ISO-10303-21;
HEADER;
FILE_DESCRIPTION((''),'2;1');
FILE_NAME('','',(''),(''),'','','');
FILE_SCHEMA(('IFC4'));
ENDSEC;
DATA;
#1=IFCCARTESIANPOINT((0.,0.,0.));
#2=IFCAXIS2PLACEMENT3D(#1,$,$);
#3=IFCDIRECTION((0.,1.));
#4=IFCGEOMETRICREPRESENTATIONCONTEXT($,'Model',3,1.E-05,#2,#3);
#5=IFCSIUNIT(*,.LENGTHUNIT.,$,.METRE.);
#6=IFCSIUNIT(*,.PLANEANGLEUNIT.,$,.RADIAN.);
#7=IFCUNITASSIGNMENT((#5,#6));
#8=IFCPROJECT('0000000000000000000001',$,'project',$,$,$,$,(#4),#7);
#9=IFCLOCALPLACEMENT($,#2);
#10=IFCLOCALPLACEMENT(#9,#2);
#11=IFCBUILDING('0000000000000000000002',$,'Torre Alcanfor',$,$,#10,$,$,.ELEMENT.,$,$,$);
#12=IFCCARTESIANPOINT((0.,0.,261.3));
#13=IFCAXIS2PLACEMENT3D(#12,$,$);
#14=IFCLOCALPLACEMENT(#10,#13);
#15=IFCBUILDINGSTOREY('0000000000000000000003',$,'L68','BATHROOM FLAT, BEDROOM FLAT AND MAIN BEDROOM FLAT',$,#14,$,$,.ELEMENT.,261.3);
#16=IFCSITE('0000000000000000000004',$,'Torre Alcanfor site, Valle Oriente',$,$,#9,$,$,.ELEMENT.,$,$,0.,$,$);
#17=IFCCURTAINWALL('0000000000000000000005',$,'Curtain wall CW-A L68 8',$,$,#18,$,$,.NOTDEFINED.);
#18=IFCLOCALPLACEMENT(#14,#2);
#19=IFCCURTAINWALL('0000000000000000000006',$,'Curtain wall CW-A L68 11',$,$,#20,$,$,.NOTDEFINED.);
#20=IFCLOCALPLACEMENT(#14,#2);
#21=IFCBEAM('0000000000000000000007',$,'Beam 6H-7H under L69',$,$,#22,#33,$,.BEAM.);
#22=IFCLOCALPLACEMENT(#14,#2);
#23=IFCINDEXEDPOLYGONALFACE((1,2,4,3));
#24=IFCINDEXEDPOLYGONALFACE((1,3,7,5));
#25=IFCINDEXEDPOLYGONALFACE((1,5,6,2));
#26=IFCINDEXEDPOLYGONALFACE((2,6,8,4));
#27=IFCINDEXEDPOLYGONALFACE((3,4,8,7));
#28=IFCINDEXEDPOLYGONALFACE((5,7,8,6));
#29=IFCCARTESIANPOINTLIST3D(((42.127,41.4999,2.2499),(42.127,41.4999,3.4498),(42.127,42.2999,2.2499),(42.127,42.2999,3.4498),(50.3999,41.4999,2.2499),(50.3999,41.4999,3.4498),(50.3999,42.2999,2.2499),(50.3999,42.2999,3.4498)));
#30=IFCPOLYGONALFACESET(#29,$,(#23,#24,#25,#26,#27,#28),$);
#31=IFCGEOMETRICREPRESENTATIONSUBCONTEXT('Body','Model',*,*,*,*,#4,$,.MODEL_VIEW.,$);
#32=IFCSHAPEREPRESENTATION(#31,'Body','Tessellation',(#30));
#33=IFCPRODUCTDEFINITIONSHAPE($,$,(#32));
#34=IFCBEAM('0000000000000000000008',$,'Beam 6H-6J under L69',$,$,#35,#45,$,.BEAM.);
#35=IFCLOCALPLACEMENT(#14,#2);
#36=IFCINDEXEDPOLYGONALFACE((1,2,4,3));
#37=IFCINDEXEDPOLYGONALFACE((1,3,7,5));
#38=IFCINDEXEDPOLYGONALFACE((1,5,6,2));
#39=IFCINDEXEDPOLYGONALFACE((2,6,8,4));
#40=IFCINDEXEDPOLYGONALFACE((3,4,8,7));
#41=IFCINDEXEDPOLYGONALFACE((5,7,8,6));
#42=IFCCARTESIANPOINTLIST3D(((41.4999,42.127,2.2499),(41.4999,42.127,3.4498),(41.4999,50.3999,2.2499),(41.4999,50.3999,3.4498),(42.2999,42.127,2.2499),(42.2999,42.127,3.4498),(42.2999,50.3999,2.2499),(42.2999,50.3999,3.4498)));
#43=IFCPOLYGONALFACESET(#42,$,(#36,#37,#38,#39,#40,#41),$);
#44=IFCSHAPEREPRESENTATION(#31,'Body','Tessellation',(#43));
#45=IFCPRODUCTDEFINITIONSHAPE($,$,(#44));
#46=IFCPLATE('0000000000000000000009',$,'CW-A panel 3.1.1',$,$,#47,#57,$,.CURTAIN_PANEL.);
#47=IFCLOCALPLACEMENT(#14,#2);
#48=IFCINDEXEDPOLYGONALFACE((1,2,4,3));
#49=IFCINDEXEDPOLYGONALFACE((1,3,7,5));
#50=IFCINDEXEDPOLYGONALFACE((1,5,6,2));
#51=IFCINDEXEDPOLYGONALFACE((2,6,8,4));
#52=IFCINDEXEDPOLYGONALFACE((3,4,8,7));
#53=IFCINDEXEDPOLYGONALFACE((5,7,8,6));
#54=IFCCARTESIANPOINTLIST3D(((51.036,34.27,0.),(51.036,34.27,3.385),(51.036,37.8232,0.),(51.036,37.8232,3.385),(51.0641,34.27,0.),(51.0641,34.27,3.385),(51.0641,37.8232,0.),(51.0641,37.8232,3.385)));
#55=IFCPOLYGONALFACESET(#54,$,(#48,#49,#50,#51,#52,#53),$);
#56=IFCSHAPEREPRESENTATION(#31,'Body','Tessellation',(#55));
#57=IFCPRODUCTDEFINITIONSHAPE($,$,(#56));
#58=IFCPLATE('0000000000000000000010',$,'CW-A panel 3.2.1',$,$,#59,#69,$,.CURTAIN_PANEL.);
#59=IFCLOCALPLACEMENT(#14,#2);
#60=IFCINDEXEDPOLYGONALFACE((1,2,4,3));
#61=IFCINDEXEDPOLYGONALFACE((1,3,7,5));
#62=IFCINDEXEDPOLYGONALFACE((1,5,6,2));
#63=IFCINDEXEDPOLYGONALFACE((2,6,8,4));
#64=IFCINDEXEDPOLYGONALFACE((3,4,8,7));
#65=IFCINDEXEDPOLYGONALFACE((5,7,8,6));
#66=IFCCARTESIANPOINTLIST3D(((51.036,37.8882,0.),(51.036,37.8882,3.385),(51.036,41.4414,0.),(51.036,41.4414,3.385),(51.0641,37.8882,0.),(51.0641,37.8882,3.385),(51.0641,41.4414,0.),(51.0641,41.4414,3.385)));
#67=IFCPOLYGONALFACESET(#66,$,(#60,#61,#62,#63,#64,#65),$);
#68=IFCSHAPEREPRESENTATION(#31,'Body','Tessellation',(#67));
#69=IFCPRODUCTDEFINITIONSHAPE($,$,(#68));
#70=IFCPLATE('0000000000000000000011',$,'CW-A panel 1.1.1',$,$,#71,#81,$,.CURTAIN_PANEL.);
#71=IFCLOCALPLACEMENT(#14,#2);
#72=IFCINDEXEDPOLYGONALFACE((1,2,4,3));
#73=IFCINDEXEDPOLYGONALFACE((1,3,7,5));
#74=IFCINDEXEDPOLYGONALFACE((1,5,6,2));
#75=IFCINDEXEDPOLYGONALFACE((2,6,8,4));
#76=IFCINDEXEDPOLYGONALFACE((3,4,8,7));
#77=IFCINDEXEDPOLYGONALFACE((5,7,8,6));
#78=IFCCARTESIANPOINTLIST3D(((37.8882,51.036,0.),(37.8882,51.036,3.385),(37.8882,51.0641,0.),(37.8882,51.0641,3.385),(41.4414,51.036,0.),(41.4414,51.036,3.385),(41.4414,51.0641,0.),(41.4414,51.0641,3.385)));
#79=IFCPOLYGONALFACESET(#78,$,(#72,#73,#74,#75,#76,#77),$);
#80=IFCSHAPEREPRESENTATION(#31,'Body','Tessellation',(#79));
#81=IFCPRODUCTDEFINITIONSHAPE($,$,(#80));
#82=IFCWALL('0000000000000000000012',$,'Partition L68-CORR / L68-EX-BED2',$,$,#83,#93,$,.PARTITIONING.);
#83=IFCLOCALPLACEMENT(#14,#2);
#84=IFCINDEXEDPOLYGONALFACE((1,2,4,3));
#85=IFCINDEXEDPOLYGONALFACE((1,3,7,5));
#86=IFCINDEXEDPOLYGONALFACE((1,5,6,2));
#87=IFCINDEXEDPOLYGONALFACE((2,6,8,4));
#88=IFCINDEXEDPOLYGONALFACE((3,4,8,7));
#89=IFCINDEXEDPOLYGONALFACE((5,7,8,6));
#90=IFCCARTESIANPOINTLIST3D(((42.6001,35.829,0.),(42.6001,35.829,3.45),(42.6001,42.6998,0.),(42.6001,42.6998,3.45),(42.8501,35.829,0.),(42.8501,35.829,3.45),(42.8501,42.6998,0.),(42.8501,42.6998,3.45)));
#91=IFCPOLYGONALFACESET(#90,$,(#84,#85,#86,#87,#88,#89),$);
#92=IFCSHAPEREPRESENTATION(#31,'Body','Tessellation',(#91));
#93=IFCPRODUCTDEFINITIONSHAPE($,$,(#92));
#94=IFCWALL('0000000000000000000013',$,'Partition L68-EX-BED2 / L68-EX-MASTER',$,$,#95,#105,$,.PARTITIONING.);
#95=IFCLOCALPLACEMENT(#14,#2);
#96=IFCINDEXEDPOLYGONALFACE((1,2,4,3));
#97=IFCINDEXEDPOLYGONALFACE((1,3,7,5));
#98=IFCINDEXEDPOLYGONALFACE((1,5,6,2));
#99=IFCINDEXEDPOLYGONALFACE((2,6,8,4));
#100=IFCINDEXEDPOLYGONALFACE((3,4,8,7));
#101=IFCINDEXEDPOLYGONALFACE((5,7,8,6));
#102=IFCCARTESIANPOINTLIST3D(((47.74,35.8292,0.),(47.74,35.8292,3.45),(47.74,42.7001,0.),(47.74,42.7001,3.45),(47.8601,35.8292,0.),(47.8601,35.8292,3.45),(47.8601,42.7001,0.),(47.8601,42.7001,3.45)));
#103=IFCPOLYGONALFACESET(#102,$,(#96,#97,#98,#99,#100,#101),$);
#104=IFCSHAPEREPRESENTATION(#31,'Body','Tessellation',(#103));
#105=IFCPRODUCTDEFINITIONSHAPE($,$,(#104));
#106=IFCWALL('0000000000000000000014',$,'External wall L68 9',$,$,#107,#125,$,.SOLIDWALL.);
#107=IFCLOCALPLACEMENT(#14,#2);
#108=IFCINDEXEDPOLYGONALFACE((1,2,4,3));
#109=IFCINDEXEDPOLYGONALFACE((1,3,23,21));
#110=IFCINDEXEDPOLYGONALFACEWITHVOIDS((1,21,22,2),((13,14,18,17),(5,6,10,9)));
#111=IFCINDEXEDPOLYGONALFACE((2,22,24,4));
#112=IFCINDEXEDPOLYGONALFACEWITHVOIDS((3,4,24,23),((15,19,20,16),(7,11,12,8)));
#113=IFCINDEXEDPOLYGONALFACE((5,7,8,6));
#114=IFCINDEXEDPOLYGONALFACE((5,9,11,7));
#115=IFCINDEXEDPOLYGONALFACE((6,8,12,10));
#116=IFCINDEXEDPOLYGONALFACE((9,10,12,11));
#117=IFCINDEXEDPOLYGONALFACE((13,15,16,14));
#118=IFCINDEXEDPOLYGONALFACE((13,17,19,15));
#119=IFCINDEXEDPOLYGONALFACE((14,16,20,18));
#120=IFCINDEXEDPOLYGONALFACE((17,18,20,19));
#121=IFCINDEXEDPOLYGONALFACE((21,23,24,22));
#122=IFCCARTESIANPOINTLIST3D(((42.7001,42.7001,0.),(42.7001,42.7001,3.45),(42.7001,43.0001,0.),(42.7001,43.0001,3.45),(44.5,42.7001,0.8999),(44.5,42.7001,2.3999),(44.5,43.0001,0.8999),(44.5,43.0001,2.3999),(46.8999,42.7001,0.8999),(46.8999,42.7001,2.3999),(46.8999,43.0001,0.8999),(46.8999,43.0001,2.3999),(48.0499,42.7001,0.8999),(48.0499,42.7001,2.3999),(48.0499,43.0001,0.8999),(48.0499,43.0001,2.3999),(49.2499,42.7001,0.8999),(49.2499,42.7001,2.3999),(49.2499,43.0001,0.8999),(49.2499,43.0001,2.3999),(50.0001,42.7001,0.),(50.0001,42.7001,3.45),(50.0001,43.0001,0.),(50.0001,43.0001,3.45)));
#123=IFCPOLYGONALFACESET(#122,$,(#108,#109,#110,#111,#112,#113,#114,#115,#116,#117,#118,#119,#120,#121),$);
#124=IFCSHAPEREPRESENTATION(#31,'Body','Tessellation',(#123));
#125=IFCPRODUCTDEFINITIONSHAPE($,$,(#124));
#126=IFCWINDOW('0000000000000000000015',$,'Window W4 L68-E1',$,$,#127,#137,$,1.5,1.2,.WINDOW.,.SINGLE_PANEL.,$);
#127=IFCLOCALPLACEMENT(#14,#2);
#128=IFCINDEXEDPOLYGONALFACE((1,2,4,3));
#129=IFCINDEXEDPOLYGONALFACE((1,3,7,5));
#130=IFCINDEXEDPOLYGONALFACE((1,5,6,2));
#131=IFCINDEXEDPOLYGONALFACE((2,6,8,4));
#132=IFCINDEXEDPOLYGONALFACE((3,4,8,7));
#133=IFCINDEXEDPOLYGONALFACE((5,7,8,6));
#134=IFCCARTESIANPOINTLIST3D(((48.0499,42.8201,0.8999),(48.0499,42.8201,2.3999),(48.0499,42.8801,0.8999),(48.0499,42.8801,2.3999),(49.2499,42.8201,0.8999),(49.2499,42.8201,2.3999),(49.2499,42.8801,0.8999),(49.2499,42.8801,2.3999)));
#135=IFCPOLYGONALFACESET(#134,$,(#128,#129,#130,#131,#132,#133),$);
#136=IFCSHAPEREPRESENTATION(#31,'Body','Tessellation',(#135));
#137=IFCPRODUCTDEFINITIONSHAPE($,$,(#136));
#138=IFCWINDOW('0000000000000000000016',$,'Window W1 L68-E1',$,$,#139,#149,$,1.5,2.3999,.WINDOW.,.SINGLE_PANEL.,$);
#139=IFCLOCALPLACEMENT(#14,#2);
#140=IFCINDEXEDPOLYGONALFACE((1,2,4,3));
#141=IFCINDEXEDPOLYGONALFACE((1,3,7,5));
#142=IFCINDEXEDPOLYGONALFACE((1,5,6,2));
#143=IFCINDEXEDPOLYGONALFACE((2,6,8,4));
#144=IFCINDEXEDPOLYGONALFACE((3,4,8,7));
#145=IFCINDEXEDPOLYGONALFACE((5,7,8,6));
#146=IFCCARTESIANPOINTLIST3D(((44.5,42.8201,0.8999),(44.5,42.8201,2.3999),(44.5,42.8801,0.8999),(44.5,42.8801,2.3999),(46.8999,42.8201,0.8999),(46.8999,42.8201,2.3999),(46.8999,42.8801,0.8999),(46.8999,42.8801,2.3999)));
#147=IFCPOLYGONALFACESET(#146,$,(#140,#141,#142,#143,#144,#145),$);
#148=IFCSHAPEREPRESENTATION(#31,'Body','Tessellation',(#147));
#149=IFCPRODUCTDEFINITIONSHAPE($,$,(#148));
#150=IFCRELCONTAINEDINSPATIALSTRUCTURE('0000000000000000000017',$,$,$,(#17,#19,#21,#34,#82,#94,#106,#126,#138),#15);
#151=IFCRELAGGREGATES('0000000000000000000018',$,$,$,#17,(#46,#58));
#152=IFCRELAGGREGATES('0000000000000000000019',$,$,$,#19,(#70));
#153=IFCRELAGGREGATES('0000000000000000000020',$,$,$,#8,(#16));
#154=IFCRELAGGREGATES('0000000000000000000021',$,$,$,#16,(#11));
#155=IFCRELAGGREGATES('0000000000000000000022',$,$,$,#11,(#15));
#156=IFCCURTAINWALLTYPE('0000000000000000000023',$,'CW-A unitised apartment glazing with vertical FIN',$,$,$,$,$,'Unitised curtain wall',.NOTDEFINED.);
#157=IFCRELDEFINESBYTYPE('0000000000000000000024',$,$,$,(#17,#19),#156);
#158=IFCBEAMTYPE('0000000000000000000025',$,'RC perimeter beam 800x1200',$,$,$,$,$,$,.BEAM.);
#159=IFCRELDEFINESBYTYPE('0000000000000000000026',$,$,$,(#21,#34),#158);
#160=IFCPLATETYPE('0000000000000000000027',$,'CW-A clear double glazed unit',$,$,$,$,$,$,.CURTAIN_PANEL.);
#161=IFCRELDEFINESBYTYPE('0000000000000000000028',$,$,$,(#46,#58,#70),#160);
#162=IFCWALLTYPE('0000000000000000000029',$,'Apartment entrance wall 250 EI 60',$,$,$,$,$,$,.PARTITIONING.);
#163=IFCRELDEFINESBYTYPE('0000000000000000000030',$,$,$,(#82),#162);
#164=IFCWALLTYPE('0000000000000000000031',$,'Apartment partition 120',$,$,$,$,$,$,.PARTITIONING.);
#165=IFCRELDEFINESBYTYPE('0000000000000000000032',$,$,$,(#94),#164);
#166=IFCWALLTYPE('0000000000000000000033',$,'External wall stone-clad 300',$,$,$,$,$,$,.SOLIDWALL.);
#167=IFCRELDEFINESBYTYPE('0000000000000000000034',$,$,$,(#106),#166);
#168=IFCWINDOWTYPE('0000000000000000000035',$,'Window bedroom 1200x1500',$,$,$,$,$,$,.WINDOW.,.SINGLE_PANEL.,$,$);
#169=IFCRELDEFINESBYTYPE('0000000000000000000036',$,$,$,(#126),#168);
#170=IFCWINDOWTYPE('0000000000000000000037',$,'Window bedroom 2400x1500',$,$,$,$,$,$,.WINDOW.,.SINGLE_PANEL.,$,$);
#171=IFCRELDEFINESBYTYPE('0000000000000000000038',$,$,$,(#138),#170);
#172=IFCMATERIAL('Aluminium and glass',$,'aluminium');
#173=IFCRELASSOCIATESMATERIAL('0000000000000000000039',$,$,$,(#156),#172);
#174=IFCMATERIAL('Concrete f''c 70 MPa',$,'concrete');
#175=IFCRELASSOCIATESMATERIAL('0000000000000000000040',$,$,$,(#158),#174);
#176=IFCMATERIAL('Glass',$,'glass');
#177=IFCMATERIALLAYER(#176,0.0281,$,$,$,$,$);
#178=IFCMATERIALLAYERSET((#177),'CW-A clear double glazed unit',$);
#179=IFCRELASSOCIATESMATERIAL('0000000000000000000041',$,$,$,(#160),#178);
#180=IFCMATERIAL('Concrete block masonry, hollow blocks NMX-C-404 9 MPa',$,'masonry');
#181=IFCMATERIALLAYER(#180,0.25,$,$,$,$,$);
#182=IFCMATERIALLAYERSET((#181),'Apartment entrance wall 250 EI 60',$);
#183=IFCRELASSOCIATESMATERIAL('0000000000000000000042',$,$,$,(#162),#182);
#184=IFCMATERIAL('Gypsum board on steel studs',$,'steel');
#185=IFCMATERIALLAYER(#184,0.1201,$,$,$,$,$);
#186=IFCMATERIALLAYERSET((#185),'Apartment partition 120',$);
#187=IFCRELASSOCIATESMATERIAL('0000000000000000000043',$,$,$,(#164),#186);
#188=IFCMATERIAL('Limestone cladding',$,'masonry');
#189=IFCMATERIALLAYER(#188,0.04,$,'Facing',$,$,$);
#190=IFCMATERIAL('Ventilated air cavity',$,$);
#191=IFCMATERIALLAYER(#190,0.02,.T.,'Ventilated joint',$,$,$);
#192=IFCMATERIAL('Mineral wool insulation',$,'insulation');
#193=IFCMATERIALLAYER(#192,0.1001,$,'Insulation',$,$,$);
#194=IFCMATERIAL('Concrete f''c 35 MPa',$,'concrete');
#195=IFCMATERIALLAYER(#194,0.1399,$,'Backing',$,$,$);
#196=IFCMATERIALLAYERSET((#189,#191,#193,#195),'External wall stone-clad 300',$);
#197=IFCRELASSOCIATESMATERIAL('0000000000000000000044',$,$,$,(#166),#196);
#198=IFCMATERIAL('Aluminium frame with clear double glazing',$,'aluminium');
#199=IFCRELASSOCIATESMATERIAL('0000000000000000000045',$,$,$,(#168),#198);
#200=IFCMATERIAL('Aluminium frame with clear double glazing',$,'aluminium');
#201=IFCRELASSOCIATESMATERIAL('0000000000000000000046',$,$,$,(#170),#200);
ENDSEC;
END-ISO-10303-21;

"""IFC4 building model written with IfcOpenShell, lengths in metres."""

from ifc_helpers import new_model, si_unit, direction, frame, frame_2d, origin, origin_2d, place, context, subcontext, project, spatial, rectangle, extrude, material, layer, layer_set, material_profile, profile_set, type_object, element, fill, aggregate, save


model = new_model("IFC4")

# Units and contexts
model_context = context("Model", 3, precision=1e-05, world=origin(), true_north=direction((0.0, 1.0)))
body_context = subcontext(model_context, "Body", "Model", "MODEL_VIEW")
ifc_project = project(units=[si_unit("LENGTHUNIT", "METRE"), si_unit("PLANEANGLEUNIT", "RADIAN")], contexts=[model_context])

# Site, building, storey
site_placement = place(None, origin())
site = spatial("IfcSite", under=ifc_project, at=site_placement, Name="Torre Alcanfor site, Valle Oriente", CompositionType="ELEMENT", RefElevation=0.0)
building_placement = place(site_placement, origin())
building = spatial("IfcBuilding", under=site, at=building_placement, Name="Torre Alcanfor", CompositionType="ELEMENT")
storey_placement = place(building_placement, frame((0.0, 0.0, 261.3)))
storey = spatial("IfcBuildingStorey", under=building, at=storey_placement, Name="L68", Description="BATHROOM FLAT, BEDROOM FLAT AND MAIN BEDROOM FLAT", CompositionType="ELEMENT", Elevation=261.3)

# Curtain wall
ifc_material_1 = material(Name="Aluminium and glass", Category="aluminium")
curtain_wall_type = type_object("IfcCurtainWallType", Name="CW-A unitised apartment glazing with vertical FIN", ElementType="Unitised curtain wall", PredefinedType="NOTDEFINED", material=ifc_material_1)
curtain_wall_1_placement = place(storey_placement, origin())
curtain_wall_1 = element("IfcCurtainWall", 1, at=curtain_wall_1_placement, inside=storey, type_object=curtain_wall_type, Name="Curtain wall CW-A L68 8", PredefinedType="NOTDEFINED")

# Curtain wall
curtain_wall_2_placement = place(storey_placement, origin())
curtain_wall_2 = element("IfcCurtainWall", 2, at=curtain_wall_2_placement, inside=storey, type_object=curtain_wall_type, Name="Curtain wall CW-A L68 11", PredefinedType="NOTDEFINED")

# Beams
ifc_material_2 = material(Name="Concrete f'c 70 MPa", Category="concrete")
ifc_material_profile_1 = material_profile(ifc_material_2, rectangle(XDim=0.8, YDim=1.2, at=origin_2d()), Name="800x1200")
ifc_profile_set_1 = profile_set([ifc_material_profile_1], Name="Concrete f'c 70 MPa")
beam_type = type_object("IfcBeamType", Name="RC perimeter beam 800x1200", PredefinedType="BEAM", material=ifc_profile_set_1)
for number, where, z_axis, x_axis, name in (
    (3, (42.127, 41.8999, 2.8499), (1.0, 0.0, 0.0), (0.0, 1.0, 0.0), "Beam 6H-7H under L69"),
    (4, (41.8999, 42.127, 2.8499), (0.0, 1.0, 0.0), (-1.0, 0.0, 0.0), "Beam 6H-6J under L69"),
):
    element("IfcBeam", number, at=place(storey_placement, frame(where, z_axis=z_axis, x_axis=x_axis)), inside=storey, type_object=beam_type, Name=name, PredefinedType="BEAM", context=body_context, shape_type="SweptSolid", body=[
        extrude(rectangle(XDim=0.8, YDim=1.2, at=origin_2d()), origin(), (0.0, 0.0, 1.0), 8.2729),
    ])

# Plates
ifc_material_3 = material(Name="Glass", Category="glass")
ifc_layer_1 = layer(ifc_material_3, 0.0281)
ifc_layer_set_1 = layer_set([ifc_layer_1], Name="CW-A clear double glazed unit")
plate_type = type_object("IfcPlateType", Name="CW-A clear double glazed unit", PredefinedType="CURTAIN_PANEL", material=ifc_layer_set_1)
plate_1_placement = place(storey_placement, frame((51.05, 36.0466, 0.0), z_axis=(0.0, 0.0, 1.0), x_axis=(0.0, 1.0, 0.0)))
plate_1 = element("IfcPlate", 5, at=plate_1_placement, type_object=plate_type, Name="CW-A panel 3.1.1", PredefinedType="CURTAIN_PANEL", context=body_context, shape_type="SweptSolid", body=[
    extrude(rectangle(XDim=3.5532, YDim=0.0281, at=origin_2d()), origin(), (0.0, 0.0, 1.0), 3.385),
])
plate_2_placement = place(storey_placement, frame((51.05, 39.6648, 0.0), z_axis=(0.0, 0.0, 1.0), x_axis=(0.0, 1.0, 0.0)))
plate_2 = element("IfcPlate", 6, at=plate_2_placement, type_object=plate_type, Name="CW-A panel 3.2.1", PredefinedType="CURTAIN_PANEL", context=body_context, shape_type="SweptSolid", body=[
    extrude(rectangle(XDim=3.5532, YDim=0.0281, at=origin_2d()), origin(), (0.0, 0.0, 1.0), 3.385),
])
aggregate(curtain_wall_1, [plate_1, plate_2])
plate_3_placement = place(storey_placement, frame((39.6648, 51.05, 0.0), z_axis=(0.0, 0.0, 1.0), x_axis=(-1.0, 0.0, 0.0)))
plate_3 = element("IfcPlate", 7, at=plate_3_placement, type_object=plate_type, Name="CW-A panel 1.1.1", PredefinedType="CURTAIN_PANEL", context=body_context, shape_type="SweptSolid", body=[
    extrude(rectangle(XDim=3.5532, YDim=0.0281, at=origin_2d()), origin(), (0.0, 0.0, 1.0), 3.385),
])
aggregate(curtain_wall_2, [plate_3])

# Walls
ifc_material_4 = material(Name="Concrete block masonry, hollow blocks NMX-C-404 9 MPa", Category="masonry")
ifc_layer_2 = layer(ifc_material_4, 0.25)
ifc_layer_set_2 = layer_set([ifc_layer_2], Name="Apartment entrance wall 250 EI 60")
wall_type_1 = type_object("IfcWallType", Name="Apartment entrance wall 250 EI 60", PredefinedType="PARTITIONING", material=ifc_layer_set_2)
wall_1_placement = place(storey_placement, frame((42.7251, 42.7, 0.0), z_axis=(0.0, 0.0, 1.0), x_axis=(0.0, -1.0, 0.0)))
element("IfcWall", 8, at=wall_1_placement, inside=storey, type_object=wall_type_1, Name="Partition L68-CORR / L68-EX-BED2", PredefinedType="PARTITIONING", context=body_context, shape_type="SweptSolid", body=[
    extrude(rectangle(XDim=6.8708, YDim=0.25, at=frame_2d((3.4355, 0.0))), origin(), (0.0, 0.0, 1.0), 3.45),
])
ifc_material_5 = material(Name="Gypsum board on steel studs", Category="steel")
ifc_layer_3 = layer(ifc_material_5, 0.1201)
ifc_layer_set_3 = layer_set([ifc_layer_3], Name="Apartment partition 120")
wall_type_2 = type_object("IfcWallType", Name="Apartment partition 120", PredefinedType="PARTITIONING", material=ifc_layer_set_3)
wall_2_placement = place(storey_placement, frame((47.8, 35.8291, 0.0), z_axis=(0.0, 0.0, 1.0), x_axis=(0.0, 1.0, 0.0)))
element("IfcWall", 9, at=wall_2_placement, inside=storey, type_object=wall_type_2, Name="Partition L68-EX-BED2 / L68-EX-MASTER", PredefinedType="PARTITIONING", context=body_context, shape_type="SweptSolid", body=[
    extrude(rectangle(XDim=6.8708, YDim=0.1201, at=frame_2d((3.4355, 0.0))), origin(), (0.0, 0.0, 1.0), 3.45),
])

# Wall, openings, windows
ifc_material_6 = material(Name="Limestone cladding", Category="masonry")
ifc_layer_4 = layer(ifc_material_6, 0.04, Name="Facing")
ifc_material_7 = material(Name="Ventilated air cavity")
ifc_layer_5 = layer(ifc_material_7, 0.02, ventilated=True, Name="Ventilated joint")
ifc_material_8 = material(Name="Mineral wool insulation", Category="insulation")
ifc_layer_6 = layer(ifc_material_8, 0.1001, Name="Insulation")
ifc_material_9 = material(Name="Concrete f'c 35 MPa", Category="concrete")
ifc_layer_7 = layer(ifc_material_9, 0.1399, Name="Backing")
ifc_layer_set_4 = layer_set([ifc_layer_4, ifc_layer_5, ifc_layer_6, ifc_layer_7], Name="External wall stone-clad 300")
wall_type_3 = type_object("IfcWallType", Name="External wall stone-clad 300", PredefinedType="SOLIDWALL", material=ifc_layer_set_4)
wall_3_placement = place(storey_placement, frame((50.0, 42.8501, 0.0), z_axis=(0.0, 0.0, 1.0), x_axis=(-1.0, 0.0, 0.0)))
wall_3 = element("IfcWall", 10, at=wall_3_placement, inside=storey, type_object=wall_type_3, Name="External wall L68 9", PredefinedType="SOLIDWALL", context=body_context, shape_type="SweptSolid", body=[
    extrude(rectangle(XDim=7.3, YDim=0.3, at=frame_2d((3.6499, 0.0))), origin(), (0.0, 0.0, 1.0), 3.45),
])
opening_1_placement = place(wall_3_placement, frame((3.1001, 0.0, 0.8999)))
opening_1 = element("IfcOpeningElement", 11, at=opening_1_placement, cuts=wall_3, PredefinedType="OPENING", context=body_context, shape_type="SweptSolid", body=[
    extrude(rectangle(XDim=2.3999, YDim=1.5, at=frame_2d((1.2, 0.75))), frame((0.0, 0.1599, 0.0), z_axis=(0.0, -1.0, 0.0), x_axis=(1.0, 0.0, 0.0)), (0.0, 0.0, 1.0), 0.3201),
])
opening_2_placement = place(wall_3_placement, frame((0.75, 0.0, 0.8999)))
opening_2 = element("IfcOpeningElement", 12, at=opening_2_placement, cuts=wall_3, PredefinedType="OPENING", context=body_context, shape_type="SweptSolid", body=[
    extrude(rectangle(XDim=1.2, YDim=1.5, at=frame_2d((0.6001, 0.75))), frame((0.0, 0.1599, 0.0), z_axis=(0.0, -1.0, 0.0), x_axis=(1.0, 0.0, 0.0)), (0.0, 0.0, 1.0), 0.3201),
])
ifc_material_10 = material(Name="Aluminium frame with clear double glazing", Category="aluminium")
window_type_1 = type_object("IfcWindowType", Name="Window bedroom 1200x1500", PartitioningType="SINGLE_PANEL", PredefinedType="WINDOW", material=ifc_material_10)
window_1_placement = place(opening_2_placement, origin())
window_1 = element("IfcWindow", 13, at=window_1_placement, inside=storey, type_object=window_type_1, Name="Window W4 L68-E1", OverallHeight=1.5, OverallWidth=1.2, PartitioningType="SINGLE_PANEL", PredefinedType="WINDOW", context=body_context, shape_type="SweptSolid", body=[
    extrude(rectangle(XDim=1.2, YDim=1.5, at=frame_2d((0.6001, 0.75))), frame((0.0, 0.03, 0.0), z_axis=(0.0, -1.0, 0.0), x_axis=(1.0, 0.0, 0.0)), (0.0, 0.0, 1.0), 0.0601),
])
fill(opening_2, window_1)
ifc_material_11 = material(Name="Aluminium frame with clear double glazing", Category="aluminium")
window_type_2 = type_object("IfcWindowType", Name="Window bedroom 2400x1500", PartitioningType="SINGLE_PANEL", PredefinedType="WINDOW", material=ifc_material_11)
window_2_placement = place(opening_1_placement, origin())
window_2 = element("IfcWindow", 14, at=window_2_placement, inside=storey, type_object=window_type_2, Name="Window W1 L68-E1", OverallHeight=1.5, OverallWidth=2.3999, PartitioningType="SINGLE_PANEL", PredefinedType="WINDOW", context=body_context, shape_type="SweptSolid", body=[
    extrude(rectangle(XDim=2.3999, YDim=1.5, at=frame_2d((1.2, 0.75))), frame((0.0, 0.03, 0.0), z_axis=(0.0, -1.0, 0.0), x_axis=(1.0, 0.0, 0.0)), (0.0, 0.0, 1.0), 0.0601),
])
fill(opening_1, window_2)

save(model, "model.ifc")
